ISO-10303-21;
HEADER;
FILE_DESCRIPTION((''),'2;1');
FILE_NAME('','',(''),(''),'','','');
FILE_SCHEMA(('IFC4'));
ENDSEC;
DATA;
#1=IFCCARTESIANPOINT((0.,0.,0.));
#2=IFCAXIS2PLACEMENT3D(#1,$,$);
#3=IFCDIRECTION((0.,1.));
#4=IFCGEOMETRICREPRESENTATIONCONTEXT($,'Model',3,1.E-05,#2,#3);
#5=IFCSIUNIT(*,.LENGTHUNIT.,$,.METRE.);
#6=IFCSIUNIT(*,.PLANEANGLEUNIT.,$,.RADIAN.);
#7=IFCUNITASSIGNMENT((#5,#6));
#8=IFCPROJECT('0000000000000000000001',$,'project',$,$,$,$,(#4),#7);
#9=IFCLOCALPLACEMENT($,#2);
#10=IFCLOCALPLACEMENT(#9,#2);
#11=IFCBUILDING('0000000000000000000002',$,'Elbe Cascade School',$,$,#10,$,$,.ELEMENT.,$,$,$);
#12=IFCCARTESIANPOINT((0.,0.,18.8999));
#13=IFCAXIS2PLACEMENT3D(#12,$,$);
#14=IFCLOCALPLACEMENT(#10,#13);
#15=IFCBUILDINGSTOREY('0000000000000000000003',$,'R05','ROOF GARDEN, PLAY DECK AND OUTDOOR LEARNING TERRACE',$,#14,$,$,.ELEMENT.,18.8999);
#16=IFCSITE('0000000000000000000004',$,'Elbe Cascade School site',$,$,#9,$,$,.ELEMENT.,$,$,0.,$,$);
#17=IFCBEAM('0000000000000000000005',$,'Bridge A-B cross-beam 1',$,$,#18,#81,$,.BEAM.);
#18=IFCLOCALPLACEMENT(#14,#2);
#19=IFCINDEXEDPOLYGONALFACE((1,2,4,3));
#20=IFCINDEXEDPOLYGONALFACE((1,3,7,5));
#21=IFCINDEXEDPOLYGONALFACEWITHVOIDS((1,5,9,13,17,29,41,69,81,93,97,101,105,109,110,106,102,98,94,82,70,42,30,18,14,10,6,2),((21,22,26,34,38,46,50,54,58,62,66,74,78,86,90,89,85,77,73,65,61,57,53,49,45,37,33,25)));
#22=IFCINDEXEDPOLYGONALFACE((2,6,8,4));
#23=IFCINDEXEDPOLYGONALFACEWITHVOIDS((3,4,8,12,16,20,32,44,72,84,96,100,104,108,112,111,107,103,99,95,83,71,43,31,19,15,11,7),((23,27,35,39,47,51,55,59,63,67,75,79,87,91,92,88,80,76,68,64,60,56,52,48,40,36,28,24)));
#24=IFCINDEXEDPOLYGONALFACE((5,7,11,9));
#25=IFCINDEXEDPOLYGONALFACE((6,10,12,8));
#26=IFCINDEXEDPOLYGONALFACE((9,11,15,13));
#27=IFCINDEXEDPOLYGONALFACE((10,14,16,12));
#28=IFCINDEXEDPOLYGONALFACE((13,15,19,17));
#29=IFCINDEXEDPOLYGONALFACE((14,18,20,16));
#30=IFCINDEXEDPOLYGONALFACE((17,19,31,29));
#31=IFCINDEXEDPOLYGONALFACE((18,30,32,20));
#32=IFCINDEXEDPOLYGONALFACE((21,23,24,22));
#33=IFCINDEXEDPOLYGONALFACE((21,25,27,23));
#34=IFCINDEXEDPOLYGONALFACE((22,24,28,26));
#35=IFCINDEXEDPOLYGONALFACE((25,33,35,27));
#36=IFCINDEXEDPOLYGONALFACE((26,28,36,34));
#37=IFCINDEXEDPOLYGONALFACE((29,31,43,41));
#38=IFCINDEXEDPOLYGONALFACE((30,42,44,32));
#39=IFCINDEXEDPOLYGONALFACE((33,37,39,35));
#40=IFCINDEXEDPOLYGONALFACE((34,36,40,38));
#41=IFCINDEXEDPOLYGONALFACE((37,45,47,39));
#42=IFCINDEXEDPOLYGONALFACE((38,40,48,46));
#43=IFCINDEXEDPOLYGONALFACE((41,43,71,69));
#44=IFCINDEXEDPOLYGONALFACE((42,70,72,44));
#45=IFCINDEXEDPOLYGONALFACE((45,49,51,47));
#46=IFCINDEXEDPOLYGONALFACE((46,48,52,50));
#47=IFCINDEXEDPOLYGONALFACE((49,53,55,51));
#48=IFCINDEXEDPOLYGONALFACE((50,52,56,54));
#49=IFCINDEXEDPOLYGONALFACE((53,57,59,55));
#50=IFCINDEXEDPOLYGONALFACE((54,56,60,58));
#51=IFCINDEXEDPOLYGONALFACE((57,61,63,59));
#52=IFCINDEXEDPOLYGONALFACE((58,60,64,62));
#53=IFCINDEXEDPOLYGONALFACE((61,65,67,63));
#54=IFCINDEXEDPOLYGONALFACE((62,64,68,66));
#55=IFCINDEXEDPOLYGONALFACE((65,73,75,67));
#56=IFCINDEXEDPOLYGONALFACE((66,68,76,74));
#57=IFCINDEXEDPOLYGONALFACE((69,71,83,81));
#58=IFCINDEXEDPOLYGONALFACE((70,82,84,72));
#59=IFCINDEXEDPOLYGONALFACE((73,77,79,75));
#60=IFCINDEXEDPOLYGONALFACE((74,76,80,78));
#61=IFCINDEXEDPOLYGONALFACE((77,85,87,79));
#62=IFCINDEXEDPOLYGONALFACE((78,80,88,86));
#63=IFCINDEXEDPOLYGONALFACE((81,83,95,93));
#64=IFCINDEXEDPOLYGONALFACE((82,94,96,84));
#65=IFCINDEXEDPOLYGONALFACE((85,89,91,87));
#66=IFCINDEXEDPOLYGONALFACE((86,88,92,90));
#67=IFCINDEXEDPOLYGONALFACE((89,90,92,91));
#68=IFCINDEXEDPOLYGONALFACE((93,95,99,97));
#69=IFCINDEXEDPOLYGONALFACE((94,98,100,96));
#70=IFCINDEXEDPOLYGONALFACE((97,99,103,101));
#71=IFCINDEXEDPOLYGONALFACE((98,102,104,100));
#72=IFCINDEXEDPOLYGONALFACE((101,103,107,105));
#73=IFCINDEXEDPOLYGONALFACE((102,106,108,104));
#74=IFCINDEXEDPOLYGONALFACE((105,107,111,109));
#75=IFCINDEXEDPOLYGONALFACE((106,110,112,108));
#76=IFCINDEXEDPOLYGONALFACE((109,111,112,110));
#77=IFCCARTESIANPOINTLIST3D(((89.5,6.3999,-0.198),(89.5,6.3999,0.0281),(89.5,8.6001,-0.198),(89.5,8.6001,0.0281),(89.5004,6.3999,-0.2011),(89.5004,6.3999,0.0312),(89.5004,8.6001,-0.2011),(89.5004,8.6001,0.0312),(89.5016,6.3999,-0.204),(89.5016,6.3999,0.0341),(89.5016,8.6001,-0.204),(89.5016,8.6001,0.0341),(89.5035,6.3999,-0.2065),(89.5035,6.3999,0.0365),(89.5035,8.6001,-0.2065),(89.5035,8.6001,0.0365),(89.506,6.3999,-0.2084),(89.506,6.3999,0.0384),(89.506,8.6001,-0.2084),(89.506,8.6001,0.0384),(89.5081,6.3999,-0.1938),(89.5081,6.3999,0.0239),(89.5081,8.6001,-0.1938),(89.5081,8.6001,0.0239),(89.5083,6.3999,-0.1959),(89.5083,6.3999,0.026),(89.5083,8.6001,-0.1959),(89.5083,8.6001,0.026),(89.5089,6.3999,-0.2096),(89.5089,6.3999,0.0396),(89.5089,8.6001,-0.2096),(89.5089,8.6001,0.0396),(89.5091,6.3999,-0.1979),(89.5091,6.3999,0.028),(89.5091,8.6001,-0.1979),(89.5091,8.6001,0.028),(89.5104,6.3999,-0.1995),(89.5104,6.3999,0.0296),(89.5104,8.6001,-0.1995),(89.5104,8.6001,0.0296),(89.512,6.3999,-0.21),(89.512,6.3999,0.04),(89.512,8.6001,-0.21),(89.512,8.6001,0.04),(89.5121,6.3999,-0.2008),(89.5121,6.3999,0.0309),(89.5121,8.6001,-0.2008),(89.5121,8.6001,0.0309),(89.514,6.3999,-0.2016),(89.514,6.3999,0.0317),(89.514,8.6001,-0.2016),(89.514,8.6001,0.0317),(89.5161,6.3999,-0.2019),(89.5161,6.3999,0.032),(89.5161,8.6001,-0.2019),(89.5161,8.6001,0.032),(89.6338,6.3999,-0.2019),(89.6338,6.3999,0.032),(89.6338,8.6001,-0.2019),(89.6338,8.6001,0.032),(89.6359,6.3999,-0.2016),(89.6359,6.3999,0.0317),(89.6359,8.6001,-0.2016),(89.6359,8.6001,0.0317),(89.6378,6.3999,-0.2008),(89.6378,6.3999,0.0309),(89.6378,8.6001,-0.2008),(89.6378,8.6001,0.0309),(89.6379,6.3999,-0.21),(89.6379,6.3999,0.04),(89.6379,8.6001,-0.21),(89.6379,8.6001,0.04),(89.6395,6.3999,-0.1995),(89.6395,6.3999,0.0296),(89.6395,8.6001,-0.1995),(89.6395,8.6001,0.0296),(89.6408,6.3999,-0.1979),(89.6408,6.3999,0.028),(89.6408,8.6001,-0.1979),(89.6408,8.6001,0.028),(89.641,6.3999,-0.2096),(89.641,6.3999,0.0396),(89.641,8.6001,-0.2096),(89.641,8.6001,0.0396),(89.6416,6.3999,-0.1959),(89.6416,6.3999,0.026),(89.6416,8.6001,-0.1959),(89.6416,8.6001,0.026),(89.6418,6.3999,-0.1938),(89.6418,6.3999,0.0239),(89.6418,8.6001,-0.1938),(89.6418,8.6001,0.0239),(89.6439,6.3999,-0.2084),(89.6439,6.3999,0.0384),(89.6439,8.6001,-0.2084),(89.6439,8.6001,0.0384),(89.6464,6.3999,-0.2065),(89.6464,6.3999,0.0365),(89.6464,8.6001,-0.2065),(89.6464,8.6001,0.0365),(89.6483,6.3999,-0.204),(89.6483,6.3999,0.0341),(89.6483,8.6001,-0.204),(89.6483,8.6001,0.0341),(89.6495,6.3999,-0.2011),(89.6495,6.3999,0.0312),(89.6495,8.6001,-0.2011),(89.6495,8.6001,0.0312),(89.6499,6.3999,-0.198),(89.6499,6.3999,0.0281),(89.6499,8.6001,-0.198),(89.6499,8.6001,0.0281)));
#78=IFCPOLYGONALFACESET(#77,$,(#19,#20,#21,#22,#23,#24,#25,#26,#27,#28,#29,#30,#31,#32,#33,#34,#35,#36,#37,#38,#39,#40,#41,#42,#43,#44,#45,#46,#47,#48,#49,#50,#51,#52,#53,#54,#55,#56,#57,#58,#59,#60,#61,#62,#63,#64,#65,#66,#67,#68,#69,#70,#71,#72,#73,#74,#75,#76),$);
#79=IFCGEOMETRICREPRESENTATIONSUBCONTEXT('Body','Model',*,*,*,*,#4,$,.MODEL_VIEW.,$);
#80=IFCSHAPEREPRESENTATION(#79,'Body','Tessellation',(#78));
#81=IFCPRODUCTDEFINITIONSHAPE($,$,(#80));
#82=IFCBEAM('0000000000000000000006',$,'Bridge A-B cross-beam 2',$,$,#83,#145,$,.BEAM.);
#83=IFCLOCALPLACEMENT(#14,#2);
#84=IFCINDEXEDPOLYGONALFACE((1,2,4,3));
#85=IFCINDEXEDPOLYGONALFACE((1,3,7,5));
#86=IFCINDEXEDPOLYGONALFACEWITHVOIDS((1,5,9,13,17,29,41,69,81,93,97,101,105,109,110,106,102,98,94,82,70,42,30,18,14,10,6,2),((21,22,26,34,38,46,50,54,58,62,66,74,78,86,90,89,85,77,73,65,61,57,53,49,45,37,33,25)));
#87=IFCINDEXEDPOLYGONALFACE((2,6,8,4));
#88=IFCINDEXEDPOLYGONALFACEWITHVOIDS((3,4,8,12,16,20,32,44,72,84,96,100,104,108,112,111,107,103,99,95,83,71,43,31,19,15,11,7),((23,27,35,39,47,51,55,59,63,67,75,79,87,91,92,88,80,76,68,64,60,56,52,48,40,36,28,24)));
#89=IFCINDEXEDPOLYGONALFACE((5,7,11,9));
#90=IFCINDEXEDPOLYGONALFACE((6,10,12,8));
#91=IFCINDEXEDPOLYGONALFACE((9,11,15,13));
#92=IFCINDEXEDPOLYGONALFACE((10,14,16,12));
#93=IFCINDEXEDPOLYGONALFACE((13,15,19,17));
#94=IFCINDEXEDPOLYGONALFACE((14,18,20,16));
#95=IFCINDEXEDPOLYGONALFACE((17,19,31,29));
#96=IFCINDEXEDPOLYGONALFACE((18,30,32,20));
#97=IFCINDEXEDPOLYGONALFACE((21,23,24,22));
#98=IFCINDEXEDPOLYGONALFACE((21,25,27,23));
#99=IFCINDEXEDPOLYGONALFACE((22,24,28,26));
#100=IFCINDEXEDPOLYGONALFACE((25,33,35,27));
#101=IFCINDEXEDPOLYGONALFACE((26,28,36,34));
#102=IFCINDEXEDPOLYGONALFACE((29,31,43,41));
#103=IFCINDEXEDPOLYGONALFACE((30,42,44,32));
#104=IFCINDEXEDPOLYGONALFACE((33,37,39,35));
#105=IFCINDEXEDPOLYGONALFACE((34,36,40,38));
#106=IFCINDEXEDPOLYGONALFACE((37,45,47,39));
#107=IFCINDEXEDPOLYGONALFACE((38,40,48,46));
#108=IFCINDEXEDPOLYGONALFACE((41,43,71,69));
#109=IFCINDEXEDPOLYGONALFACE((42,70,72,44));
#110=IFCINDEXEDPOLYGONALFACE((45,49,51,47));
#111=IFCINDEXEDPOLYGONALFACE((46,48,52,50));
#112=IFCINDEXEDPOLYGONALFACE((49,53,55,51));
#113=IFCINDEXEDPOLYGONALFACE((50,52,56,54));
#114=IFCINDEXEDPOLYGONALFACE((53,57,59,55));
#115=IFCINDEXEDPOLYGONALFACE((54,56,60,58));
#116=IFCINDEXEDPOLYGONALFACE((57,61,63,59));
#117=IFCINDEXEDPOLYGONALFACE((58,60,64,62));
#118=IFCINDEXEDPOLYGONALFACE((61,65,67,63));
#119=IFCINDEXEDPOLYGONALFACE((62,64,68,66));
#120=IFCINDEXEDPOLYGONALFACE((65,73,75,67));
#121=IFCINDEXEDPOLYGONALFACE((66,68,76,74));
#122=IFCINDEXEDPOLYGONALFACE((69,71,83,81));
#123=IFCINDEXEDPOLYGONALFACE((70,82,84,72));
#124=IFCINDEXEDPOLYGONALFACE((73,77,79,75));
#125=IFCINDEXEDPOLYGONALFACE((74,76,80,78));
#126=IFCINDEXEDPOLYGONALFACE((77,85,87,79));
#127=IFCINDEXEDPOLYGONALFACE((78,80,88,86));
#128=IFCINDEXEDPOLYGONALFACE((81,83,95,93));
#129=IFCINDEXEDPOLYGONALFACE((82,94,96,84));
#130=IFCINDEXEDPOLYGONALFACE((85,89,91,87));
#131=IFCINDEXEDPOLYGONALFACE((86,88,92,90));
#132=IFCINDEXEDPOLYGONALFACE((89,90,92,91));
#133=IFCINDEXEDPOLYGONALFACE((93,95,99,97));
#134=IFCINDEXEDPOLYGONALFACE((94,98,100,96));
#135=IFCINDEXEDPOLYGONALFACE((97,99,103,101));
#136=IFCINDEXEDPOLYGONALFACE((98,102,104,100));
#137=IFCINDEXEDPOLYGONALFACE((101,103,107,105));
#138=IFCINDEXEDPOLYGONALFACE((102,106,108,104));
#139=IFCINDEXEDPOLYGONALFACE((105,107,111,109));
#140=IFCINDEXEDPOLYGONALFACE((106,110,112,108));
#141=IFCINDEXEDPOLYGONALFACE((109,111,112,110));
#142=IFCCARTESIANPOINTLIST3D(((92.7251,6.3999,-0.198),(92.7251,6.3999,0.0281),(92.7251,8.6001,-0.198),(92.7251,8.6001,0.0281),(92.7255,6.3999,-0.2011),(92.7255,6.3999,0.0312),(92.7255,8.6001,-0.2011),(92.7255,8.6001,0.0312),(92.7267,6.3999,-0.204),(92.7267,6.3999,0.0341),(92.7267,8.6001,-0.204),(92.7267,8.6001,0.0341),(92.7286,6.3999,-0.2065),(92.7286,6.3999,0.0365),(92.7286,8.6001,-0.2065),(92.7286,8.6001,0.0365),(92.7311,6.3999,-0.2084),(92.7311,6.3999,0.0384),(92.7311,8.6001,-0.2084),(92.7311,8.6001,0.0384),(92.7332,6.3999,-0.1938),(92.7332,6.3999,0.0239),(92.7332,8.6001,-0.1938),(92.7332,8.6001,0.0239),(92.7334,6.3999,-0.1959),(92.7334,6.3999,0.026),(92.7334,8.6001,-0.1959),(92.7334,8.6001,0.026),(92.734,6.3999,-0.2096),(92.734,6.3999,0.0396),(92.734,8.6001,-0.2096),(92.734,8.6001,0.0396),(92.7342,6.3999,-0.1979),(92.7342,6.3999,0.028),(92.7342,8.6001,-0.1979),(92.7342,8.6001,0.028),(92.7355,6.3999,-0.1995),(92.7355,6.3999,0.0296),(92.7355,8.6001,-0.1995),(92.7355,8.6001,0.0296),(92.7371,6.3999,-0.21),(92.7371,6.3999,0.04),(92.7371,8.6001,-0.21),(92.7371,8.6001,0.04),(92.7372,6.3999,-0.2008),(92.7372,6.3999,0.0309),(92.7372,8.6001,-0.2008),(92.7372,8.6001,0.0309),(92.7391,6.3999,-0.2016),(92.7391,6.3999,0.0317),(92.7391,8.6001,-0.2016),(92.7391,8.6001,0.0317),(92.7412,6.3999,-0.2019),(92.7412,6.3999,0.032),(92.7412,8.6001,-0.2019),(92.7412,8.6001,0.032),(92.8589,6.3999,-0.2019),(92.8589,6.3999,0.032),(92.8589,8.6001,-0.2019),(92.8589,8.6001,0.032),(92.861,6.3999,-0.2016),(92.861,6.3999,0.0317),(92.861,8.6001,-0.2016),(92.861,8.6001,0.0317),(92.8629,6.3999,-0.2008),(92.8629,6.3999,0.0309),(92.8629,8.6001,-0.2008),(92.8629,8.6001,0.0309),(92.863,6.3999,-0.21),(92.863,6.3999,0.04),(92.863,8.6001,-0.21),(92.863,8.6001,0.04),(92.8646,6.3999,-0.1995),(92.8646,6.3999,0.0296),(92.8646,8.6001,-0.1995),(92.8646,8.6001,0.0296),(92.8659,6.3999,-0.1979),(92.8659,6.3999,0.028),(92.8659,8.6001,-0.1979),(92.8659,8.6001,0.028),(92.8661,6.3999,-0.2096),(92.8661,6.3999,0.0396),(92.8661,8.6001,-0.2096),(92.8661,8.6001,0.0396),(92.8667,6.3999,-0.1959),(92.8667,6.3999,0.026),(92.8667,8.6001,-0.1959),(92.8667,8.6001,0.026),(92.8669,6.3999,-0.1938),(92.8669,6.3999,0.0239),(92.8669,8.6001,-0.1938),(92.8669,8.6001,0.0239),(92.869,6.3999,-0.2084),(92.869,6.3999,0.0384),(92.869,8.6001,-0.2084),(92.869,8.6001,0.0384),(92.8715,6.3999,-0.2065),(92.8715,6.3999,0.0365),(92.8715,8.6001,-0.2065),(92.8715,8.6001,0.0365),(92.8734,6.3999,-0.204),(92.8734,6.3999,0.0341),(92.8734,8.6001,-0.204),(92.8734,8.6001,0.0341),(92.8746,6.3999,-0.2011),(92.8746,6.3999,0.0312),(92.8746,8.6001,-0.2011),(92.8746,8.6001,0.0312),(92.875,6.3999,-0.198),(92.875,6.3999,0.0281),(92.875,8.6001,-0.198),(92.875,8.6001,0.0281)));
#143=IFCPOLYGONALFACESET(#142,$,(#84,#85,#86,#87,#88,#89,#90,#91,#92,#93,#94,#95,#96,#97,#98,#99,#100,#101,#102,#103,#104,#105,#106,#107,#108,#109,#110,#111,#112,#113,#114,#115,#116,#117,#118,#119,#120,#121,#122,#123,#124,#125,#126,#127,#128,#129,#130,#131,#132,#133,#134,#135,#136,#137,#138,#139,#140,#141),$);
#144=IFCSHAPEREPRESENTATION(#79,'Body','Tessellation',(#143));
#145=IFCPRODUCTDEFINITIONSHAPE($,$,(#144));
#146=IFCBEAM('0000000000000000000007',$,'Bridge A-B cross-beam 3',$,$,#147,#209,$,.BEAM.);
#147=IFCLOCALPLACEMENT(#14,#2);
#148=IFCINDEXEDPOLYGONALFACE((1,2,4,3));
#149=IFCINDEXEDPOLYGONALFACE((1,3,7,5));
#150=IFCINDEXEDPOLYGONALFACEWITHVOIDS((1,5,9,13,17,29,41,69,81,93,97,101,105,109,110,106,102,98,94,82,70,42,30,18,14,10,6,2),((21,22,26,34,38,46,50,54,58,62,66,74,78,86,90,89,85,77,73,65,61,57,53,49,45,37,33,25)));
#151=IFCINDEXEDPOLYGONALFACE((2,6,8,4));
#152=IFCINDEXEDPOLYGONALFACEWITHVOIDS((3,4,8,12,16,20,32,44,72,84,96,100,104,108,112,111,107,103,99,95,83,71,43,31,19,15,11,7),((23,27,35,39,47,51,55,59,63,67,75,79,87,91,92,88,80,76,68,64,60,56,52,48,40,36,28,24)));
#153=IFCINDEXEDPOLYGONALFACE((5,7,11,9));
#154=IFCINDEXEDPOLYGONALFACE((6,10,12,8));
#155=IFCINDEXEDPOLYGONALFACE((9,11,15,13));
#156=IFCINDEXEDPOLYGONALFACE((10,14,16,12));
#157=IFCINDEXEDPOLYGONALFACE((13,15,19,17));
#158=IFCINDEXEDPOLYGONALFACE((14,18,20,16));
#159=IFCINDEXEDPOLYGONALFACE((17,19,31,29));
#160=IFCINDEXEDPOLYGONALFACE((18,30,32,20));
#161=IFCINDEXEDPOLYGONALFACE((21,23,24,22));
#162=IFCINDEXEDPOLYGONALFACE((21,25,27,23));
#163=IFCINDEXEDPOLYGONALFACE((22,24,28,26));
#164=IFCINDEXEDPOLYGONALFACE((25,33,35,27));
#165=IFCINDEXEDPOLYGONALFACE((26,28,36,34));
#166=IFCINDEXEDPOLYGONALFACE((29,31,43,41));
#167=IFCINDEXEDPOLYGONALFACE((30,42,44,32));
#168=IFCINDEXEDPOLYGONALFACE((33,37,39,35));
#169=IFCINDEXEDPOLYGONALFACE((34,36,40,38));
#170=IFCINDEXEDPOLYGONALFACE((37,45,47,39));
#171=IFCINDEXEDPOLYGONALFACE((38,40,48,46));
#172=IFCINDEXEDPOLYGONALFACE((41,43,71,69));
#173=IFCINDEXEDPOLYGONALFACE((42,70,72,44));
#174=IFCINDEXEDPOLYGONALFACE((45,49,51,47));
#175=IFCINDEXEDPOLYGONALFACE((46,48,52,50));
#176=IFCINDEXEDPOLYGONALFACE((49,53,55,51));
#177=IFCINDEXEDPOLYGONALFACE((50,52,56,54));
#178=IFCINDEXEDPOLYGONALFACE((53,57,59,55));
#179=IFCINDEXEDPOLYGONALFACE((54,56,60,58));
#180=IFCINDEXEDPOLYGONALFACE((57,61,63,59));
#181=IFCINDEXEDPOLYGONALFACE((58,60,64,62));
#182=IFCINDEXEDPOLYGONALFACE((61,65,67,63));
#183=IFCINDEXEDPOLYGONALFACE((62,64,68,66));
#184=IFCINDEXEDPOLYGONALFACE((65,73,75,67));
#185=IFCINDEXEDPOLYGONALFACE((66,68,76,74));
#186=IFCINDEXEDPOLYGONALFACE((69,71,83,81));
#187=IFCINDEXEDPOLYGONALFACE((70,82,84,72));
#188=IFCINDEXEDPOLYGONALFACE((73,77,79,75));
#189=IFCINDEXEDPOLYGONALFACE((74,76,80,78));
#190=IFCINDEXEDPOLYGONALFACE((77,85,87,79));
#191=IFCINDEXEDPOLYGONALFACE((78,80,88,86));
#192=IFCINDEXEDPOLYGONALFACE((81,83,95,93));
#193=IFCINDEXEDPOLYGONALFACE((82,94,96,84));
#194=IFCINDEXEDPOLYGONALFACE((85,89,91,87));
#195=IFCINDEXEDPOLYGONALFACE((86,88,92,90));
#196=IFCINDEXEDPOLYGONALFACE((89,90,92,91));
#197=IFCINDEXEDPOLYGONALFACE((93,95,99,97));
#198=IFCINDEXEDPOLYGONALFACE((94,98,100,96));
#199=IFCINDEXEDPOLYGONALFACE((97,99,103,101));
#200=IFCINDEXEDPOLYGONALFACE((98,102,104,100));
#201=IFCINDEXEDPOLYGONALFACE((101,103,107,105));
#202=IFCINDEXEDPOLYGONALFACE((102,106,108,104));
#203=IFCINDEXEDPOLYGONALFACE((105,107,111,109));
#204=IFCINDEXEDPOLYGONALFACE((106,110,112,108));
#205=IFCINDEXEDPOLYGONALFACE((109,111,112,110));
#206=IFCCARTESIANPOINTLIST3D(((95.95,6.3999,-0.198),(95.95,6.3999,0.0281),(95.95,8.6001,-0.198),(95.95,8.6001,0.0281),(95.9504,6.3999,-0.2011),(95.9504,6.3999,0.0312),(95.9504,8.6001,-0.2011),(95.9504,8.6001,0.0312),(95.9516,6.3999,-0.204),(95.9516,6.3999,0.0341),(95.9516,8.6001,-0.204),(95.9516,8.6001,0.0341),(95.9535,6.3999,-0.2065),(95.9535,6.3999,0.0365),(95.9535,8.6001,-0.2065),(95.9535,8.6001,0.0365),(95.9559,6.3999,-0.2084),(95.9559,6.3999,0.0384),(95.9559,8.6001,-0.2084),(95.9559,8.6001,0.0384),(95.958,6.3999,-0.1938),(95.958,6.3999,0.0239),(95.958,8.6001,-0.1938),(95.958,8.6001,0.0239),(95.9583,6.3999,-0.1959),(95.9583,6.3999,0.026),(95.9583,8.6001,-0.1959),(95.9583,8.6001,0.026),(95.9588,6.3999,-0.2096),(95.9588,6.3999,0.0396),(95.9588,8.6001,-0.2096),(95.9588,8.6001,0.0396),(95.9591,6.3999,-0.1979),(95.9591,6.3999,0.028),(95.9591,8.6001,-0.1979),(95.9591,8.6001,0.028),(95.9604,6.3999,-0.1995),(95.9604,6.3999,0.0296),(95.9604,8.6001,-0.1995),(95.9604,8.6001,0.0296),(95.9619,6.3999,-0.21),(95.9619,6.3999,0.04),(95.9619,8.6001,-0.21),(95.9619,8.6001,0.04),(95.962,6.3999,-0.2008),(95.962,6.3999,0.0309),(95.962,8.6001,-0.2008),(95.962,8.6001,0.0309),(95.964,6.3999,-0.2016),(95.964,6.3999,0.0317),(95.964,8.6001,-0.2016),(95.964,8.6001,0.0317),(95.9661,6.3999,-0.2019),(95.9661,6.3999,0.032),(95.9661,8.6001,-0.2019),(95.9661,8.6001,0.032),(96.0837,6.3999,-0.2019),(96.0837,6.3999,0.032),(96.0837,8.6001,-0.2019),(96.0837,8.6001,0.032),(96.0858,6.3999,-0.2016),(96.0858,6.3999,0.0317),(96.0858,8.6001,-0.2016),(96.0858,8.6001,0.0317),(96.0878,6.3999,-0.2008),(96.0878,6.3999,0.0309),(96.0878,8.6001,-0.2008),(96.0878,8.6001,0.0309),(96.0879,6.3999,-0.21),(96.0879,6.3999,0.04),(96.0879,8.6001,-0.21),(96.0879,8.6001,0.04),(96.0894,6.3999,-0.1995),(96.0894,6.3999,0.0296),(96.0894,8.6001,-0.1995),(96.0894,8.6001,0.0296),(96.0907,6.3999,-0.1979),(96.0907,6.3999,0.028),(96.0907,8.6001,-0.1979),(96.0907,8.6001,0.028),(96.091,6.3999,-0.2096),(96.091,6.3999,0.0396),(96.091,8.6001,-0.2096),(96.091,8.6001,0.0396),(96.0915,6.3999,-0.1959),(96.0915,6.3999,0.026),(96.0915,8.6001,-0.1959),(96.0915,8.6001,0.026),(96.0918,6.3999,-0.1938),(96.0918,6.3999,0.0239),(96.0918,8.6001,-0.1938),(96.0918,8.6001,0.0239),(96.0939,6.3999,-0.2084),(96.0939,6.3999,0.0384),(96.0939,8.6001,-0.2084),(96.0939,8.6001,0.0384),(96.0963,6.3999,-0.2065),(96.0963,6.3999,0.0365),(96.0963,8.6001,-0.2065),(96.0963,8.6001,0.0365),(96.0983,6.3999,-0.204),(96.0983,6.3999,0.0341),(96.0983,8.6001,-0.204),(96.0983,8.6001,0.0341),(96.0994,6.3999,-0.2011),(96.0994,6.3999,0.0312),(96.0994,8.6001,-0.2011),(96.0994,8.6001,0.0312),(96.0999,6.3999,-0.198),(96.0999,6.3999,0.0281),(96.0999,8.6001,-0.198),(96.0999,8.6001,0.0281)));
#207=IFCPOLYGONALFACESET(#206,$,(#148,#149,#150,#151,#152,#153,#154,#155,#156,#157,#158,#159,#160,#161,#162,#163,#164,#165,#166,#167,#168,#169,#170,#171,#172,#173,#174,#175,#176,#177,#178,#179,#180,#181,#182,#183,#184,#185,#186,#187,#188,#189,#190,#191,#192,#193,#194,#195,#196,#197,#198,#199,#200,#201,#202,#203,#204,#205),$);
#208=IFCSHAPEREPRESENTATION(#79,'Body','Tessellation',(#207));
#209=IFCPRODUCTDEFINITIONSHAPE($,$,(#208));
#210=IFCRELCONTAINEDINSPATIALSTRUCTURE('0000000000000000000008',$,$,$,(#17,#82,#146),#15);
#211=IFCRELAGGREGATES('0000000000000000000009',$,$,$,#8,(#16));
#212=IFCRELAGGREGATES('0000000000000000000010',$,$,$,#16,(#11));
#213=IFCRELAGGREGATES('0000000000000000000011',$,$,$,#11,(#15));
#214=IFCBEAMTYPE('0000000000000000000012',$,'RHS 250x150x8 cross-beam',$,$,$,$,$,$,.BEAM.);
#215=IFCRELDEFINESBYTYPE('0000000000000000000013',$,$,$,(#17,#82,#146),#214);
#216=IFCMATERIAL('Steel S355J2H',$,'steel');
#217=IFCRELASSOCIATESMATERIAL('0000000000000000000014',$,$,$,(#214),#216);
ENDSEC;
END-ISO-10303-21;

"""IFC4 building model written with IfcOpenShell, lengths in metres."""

from ifc_helpers import new_model, si_unit, direction, frame, origin, origin_2d, place, context, subcontext, project, spatial, hollow_rectangle, extrude, material, material_profile, profile_set, type_object, element, save


model = new_model("IFC4")

# Units and contexts
model_context = context("Model", 3, precision=1e-05, world=origin(), true_north=direction((0.0, 1.0)))
body_context = subcontext(model_context, "Body", "Model", "MODEL_VIEW")
ifc_project = project(units=[si_unit("LENGTHUNIT", "METRE"), si_unit("PLANEANGLEUNIT", "RADIAN")], contexts=[model_context])

# Site, building, storey
site_placement = place(None, origin())
site = spatial("IfcSite", under=ifc_project, at=site_placement, Name="Elbe Cascade School site", CompositionType="ELEMENT", RefElevation=0.0)
building_placement = place(site_placement, origin())
building = spatial("IfcBuilding", under=site, at=building_placement, Name="Elbe Cascade School", CompositionType="ELEMENT")
storey_placement = place(building_placement, frame((0.0, 0.0, 18.8999)))
storey = spatial("IfcBuildingStorey", under=building, at=storey_placement, Name="R05", Description="ROOF GARDEN, PLAY DECK AND OUTDOOR LEARNING TERRACE", CompositionType="ELEMENT", Elevation=18.8999)

# Beams
ifc_material_1 = material(Name="Steel S355J2H", Category="steel")
ifc_material_profile_1 = material_profile(ifc_material_1, hollow_rectangle(XDim=0.1499, YDim=0.25, WallThickness=0.0081, InnerFilletRadius=0.0081, OuterFilletRadius=0.012, at=origin_2d()), Name="RHS 250x150x8")
ifc_profile_set_1 = profile_set([ifc_material_profile_1], Name="Steel S355J2H")
beam_type_1 = type_object("IfcBeamType", Name="RHS 250x150x8 cross-beam", PredefinedType="BEAM", material=ifc_profile_set_1)
for number, where, z_axis, x_axis, name in (
    (1, (89.575, 6.3999, -0.085), (0.0, 1.0, 0.0), (-1.0, 0.0, 0.0), "Bridge A-B cross-beam 1"),
    (2, (92.8, 6.3999, -0.085), (0.0, 1.0, 0.0), (-1.0, 0.0, 0.0), "Bridge A-B cross-beam 2"),
    (3, (96.0249, 6.3999, -0.085), (0.0, 1.0, 0.0), (-1.0, 0.0, 0.0), "Bridge A-B cross-beam 3"),
):
    element("IfcBeam", number, at=place(storey_placement, frame(where, z_axis=z_axis, x_axis=x_axis)), inside=storey, type_object=beam_type_1, Name=name, PredefinedType="BEAM", context=body_context, shape_type="SweptSolid", body=[
        extrude(hollow_rectangle(XDim=0.1499, YDim=0.25, WallThickness=0.0081, InnerFilletRadius=0.0081, OuterFilletRadius=0.012, at=origin_2d()), origin(), (0.0, 0.0, 1.0), 2.2002),
    ])

save(model, "model.ifc")
